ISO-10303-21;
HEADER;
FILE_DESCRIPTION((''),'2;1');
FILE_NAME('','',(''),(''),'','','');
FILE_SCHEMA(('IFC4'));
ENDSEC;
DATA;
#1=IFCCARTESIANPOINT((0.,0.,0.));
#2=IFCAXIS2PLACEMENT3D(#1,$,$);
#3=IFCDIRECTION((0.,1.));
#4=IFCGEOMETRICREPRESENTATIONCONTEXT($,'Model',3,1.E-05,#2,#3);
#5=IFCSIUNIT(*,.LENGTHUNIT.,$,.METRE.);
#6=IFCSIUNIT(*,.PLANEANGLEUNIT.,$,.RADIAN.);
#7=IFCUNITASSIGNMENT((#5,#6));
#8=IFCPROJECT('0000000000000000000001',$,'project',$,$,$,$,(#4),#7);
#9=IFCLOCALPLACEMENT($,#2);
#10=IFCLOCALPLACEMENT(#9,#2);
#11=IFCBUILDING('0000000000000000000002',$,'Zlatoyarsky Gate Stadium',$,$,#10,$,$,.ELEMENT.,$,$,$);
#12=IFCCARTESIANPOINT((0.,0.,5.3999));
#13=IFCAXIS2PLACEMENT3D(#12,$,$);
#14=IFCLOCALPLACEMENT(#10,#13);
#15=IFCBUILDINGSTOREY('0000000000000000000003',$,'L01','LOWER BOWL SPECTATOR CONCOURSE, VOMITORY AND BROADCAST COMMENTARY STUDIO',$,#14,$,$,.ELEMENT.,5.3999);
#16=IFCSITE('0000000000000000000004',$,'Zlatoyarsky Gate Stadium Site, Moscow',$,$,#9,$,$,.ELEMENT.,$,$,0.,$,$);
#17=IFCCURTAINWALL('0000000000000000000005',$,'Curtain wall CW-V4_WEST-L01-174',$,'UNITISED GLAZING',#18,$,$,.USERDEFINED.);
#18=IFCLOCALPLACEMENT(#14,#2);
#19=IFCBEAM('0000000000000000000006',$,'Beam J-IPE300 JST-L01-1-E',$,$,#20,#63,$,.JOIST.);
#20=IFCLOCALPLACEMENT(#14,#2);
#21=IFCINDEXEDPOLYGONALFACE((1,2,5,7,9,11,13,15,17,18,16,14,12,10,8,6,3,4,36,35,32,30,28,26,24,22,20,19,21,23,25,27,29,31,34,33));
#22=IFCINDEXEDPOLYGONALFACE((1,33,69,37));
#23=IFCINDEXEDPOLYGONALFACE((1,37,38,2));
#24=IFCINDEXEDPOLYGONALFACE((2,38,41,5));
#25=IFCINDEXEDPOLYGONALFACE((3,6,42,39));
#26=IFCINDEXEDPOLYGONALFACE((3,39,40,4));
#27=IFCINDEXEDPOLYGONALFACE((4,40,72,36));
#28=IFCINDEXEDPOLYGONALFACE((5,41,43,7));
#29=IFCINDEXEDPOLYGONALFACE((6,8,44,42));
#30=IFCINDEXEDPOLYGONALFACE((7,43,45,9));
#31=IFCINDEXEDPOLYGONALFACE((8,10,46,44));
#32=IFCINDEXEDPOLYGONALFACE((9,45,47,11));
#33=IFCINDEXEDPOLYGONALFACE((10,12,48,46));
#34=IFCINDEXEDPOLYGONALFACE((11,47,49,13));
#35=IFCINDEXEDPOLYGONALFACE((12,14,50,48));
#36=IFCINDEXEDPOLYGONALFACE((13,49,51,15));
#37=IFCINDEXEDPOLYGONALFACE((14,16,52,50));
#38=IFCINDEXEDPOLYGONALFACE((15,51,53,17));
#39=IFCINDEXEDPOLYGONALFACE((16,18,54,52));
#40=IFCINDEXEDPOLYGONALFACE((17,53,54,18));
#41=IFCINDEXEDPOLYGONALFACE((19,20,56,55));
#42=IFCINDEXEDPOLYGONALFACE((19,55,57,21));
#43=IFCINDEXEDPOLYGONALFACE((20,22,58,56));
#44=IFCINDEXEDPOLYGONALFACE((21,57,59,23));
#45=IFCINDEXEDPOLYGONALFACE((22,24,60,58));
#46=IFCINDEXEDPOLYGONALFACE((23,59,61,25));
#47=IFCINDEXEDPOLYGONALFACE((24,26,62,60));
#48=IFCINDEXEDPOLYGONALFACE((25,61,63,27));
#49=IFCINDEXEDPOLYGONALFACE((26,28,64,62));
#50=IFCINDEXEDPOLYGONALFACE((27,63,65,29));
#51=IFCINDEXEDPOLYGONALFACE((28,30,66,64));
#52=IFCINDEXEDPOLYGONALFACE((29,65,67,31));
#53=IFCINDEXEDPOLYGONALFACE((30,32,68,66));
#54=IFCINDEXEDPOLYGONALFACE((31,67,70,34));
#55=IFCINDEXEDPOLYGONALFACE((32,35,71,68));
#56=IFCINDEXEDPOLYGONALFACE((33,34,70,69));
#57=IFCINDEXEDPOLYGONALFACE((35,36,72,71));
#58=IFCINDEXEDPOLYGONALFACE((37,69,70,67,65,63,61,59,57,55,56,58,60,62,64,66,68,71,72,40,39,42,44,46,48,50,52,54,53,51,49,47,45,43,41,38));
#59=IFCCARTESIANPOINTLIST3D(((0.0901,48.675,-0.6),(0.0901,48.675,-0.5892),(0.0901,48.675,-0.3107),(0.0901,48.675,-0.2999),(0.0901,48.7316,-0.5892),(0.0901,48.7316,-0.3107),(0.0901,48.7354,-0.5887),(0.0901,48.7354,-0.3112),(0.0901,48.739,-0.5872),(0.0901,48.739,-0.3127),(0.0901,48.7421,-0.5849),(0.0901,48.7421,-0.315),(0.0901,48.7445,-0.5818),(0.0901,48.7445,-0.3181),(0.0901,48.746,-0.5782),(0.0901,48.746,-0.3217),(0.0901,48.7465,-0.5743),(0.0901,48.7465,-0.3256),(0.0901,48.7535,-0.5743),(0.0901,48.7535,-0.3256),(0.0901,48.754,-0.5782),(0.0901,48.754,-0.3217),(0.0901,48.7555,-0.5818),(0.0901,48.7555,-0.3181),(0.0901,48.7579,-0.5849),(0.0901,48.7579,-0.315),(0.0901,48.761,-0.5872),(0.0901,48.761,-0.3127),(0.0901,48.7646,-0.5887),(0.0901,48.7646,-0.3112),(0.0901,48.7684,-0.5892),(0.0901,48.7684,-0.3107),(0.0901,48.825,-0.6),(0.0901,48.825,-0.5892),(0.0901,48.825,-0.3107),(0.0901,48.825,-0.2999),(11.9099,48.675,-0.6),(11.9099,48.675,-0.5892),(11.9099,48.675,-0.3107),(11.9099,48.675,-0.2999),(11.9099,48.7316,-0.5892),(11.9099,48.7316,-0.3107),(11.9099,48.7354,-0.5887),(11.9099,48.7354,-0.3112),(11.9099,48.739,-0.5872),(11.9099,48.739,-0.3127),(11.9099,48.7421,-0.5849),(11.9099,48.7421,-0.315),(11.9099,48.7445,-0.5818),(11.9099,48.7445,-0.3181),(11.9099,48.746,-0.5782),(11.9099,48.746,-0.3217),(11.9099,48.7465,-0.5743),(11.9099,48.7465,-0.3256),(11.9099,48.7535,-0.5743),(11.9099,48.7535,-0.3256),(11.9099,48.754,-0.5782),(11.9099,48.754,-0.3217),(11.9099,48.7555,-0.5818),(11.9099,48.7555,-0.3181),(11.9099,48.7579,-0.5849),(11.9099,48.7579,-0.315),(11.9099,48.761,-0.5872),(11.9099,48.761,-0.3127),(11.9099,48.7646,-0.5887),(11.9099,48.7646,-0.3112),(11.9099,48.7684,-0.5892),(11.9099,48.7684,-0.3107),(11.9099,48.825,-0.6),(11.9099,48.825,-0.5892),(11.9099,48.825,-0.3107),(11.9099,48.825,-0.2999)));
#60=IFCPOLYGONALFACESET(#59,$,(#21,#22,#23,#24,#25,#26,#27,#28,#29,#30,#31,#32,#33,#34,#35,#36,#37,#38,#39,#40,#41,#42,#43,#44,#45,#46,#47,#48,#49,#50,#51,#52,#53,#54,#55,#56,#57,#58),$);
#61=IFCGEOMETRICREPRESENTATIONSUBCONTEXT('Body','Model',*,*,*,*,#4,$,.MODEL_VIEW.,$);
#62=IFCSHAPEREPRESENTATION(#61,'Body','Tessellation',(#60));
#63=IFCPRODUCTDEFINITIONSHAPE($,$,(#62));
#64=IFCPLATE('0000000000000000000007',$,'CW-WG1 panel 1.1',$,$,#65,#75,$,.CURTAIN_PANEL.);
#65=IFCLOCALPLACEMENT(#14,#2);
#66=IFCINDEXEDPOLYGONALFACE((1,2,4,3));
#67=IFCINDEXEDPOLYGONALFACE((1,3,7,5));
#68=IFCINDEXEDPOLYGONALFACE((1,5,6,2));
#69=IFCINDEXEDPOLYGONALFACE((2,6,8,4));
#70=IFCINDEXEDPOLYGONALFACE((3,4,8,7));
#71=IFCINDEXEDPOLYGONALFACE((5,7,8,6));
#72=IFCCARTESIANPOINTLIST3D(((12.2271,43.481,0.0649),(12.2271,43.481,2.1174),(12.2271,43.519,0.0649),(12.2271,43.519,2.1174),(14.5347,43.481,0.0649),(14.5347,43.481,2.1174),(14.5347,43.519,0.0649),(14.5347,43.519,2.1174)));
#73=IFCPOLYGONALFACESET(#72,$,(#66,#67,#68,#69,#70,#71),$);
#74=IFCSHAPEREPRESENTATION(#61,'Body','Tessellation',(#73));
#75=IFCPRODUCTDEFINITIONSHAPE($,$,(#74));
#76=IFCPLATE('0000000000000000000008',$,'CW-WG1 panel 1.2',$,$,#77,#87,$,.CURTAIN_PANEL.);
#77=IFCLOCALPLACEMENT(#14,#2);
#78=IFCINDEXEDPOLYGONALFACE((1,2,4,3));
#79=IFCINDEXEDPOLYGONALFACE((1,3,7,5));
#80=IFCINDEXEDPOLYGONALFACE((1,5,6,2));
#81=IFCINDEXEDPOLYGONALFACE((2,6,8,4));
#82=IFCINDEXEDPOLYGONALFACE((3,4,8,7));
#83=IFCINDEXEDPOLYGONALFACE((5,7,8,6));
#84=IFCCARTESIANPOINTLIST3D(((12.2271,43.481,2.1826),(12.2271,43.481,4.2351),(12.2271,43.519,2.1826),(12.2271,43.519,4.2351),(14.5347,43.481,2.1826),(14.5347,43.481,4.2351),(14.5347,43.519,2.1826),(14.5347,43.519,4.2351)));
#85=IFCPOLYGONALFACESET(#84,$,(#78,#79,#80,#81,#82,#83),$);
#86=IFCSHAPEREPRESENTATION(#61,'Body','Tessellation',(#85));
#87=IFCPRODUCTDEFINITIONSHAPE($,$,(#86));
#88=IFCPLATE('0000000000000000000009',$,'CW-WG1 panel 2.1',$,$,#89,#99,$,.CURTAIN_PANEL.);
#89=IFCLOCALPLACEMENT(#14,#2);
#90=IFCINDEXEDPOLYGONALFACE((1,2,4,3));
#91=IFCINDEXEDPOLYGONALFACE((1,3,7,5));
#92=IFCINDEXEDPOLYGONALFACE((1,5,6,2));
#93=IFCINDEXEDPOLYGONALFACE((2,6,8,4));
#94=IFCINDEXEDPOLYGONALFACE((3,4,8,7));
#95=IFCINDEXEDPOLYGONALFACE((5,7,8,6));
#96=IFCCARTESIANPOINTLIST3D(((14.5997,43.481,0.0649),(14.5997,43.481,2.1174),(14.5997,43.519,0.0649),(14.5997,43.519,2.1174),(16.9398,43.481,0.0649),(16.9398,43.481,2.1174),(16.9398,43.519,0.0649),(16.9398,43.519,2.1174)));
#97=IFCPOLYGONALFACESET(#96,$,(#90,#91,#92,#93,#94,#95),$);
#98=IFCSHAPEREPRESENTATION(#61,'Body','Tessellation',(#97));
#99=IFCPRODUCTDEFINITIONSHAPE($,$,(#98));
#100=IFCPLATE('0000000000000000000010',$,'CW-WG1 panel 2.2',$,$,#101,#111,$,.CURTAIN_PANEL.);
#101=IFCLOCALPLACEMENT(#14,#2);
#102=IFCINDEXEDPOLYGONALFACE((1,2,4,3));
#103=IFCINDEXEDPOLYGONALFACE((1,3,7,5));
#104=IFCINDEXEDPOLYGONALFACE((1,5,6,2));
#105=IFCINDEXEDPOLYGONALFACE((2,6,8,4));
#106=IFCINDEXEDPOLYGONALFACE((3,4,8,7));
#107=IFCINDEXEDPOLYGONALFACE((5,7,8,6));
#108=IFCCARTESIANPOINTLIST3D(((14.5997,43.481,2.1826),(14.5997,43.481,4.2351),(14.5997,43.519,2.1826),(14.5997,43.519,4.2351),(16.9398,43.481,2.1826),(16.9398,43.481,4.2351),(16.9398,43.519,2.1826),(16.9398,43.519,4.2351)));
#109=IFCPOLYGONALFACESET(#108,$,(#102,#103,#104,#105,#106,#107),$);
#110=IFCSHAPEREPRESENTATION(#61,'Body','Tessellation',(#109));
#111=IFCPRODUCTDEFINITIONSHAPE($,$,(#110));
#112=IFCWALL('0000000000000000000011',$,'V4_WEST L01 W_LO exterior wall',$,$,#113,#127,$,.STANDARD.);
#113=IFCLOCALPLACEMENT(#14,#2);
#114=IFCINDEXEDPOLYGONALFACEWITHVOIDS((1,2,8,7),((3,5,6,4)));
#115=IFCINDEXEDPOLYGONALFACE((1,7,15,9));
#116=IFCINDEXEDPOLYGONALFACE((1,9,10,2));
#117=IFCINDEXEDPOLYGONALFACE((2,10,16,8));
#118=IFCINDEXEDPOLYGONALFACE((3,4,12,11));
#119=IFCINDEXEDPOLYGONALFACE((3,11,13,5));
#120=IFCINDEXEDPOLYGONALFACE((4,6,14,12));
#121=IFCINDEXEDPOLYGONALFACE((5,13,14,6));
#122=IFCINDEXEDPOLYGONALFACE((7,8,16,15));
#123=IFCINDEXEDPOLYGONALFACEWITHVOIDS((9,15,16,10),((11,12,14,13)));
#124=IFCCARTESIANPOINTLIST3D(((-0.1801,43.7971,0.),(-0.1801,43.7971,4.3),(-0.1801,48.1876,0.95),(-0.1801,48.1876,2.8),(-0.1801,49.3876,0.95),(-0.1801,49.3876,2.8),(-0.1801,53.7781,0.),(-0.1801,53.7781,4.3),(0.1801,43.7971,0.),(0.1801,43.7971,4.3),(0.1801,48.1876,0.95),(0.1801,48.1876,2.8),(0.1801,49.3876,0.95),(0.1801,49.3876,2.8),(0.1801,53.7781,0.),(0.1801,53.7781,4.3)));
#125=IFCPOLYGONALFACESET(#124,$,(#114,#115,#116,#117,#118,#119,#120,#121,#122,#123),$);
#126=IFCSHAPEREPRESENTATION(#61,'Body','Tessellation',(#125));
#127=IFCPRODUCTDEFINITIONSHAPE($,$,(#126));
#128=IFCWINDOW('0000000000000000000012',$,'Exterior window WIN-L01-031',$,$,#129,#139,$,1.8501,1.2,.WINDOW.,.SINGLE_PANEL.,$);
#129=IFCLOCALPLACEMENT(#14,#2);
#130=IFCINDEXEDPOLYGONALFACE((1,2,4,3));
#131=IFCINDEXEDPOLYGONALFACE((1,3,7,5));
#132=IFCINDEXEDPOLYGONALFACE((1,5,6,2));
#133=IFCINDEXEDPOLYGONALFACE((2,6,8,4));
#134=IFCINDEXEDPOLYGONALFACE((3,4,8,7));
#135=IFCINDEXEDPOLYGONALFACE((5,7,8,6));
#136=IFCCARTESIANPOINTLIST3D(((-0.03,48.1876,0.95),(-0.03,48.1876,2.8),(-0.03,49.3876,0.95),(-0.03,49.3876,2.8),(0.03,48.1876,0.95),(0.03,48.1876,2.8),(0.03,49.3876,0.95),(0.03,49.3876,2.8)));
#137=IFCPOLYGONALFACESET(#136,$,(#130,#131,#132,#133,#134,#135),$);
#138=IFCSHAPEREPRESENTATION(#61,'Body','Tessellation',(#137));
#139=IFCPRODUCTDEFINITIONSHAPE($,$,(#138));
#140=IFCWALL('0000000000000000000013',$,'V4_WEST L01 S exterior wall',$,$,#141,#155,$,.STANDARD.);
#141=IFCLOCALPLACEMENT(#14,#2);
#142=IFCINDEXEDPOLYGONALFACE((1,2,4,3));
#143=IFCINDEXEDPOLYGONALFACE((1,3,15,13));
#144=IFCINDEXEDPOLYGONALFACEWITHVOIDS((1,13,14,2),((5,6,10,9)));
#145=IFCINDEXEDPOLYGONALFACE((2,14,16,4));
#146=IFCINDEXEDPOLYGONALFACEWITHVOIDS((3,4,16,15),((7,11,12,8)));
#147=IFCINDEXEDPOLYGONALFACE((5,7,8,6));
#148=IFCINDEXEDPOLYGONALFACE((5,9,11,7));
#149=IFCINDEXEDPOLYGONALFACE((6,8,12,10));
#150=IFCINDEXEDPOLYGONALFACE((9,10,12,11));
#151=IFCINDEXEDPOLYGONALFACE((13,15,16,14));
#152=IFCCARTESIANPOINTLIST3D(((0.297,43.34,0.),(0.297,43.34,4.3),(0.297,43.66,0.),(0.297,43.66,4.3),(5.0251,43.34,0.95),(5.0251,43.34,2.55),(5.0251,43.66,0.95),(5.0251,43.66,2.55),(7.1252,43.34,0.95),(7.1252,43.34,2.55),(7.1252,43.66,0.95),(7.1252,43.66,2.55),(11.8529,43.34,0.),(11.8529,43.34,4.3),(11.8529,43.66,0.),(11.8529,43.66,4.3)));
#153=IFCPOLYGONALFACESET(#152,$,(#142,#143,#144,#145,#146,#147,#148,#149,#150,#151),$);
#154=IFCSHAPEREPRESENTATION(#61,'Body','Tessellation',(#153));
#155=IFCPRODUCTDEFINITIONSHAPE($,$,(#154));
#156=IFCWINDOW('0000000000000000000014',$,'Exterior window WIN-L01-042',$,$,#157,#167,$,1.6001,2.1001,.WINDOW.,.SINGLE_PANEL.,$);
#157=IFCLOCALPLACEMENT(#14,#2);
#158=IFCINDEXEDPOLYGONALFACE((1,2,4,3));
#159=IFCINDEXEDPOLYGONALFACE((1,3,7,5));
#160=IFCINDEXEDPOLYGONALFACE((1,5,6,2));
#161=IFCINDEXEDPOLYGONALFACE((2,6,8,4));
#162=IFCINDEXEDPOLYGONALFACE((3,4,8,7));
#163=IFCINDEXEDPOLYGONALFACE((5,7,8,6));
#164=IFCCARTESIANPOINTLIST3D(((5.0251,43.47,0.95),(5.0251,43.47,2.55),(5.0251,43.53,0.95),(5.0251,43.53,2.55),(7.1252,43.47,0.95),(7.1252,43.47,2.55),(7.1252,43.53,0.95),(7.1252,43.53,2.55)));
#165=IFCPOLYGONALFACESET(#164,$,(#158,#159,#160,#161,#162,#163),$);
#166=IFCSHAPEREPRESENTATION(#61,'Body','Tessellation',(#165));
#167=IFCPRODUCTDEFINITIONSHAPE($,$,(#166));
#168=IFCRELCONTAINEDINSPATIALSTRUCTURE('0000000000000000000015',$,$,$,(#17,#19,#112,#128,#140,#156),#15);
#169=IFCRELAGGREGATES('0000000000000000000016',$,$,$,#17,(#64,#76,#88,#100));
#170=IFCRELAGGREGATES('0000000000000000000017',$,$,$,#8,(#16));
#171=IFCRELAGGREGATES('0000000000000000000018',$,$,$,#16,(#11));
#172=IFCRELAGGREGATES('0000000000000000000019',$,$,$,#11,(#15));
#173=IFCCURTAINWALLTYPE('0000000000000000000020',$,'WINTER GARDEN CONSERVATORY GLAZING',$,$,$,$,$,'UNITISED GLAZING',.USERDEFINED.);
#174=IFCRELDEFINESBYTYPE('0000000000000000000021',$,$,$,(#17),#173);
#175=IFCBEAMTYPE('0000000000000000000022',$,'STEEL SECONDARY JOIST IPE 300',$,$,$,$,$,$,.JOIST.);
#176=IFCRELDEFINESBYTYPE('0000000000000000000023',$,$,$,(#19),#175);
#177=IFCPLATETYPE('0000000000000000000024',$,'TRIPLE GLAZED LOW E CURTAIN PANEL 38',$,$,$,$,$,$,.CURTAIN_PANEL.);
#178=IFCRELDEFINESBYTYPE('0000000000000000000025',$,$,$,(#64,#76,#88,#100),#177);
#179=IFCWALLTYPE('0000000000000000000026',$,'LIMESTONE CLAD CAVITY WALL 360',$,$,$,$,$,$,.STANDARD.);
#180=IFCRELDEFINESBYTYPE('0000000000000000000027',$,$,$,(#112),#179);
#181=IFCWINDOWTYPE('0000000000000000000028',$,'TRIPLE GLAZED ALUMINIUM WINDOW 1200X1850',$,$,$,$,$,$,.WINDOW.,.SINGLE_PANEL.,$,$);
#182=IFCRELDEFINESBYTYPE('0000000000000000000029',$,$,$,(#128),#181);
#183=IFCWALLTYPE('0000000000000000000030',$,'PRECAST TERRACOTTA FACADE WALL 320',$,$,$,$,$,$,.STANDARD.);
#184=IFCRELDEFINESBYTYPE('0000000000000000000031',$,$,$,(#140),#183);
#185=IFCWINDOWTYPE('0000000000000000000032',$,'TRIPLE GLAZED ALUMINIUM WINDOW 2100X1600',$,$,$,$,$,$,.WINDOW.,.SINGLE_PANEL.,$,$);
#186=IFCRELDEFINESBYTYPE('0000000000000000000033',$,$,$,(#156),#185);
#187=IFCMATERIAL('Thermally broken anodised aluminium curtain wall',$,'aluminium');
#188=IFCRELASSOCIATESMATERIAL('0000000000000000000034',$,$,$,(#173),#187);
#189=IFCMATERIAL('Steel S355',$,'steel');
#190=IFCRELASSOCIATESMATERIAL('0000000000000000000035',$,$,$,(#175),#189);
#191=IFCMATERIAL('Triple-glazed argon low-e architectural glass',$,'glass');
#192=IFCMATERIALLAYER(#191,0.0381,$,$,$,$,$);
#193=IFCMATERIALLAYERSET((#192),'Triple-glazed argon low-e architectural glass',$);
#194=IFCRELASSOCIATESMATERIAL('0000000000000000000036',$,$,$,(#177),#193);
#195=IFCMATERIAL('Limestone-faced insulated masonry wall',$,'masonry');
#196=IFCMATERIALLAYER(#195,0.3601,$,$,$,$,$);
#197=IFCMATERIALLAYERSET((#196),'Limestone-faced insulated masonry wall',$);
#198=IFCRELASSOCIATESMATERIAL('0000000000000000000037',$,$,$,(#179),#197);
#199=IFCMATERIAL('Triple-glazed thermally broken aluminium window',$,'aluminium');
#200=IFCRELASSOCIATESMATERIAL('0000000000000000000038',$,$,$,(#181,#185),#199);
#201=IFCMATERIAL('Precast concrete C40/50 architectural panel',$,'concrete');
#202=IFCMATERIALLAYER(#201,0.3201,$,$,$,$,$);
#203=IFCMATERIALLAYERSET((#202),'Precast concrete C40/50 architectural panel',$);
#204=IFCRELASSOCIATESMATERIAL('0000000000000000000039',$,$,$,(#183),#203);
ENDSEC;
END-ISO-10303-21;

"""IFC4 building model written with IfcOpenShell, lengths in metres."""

from ifc_helpers import new_model, si_unit, direction, frame, frame_2d, origin, origin_2d, place, context, subcontext, project, spatial, rectangle, i_section, extrude, material, layer, layer_set, material_profile, profile_set, type_object, element, fill, aggregate, save


model = new_model("IFC4")

# Units and contexts
model_context = context("Model", 3, precision=1e-05, world=origin(), true_north=direction((0.0, 1.0)))
body_context = subcontext(model_context, "Body", "Model", "MODEL_VIEW")
ifc_project = project(units=[si_unit("LENGTHUNIT", "METRE"), si_unit("PLANEANGLEUNIT", "RADIAN")], contexts=[model_context])

# Site, building, storey
site_placement = place(None, origin())
site = spatial("IfcSite", under=ifc_project, at=site_placement, Name="Zlatoyarsky Gate Stadium Site, Moscow", CompositionType="ELEMENT", RefElevation=0.0)
building_placement = place(site_placement, origin())
building = spatial("IfcBuilding", under=site, at=building_placement, Name="Zlatoyarsky Gate Stadium", CompositionType="ELEMENT")
storey_placement = place(building_placement, frame((0.0, 0.0, 5.3999)))
storey = spatial("IfcBuildingStorey", under=building, at=storey_placement, Name="L01", Description="LOWER BOWL SPECTATOR CONCOURSE, VOMITORY AND BROADCAST COMMENTARY STUDIO", CompositionType="ELEMENT", Elevation=5.3999)

# Shared definitions
ifc_material_1 = material(Name="Steel S355", Category="steel")

# Curtain wall
ifc_material_2 = material(Name="Thermally broken anodised aluminium curtain wall", Category="aluminium")
curtain_wall_type = type_object("IfcCurtainWallType", Name="WINTER GARDEN CONSERVATORY GLAZING", ElementType="UNITISED GLAZING", PredefinedType="USERDEFINED", material=ifc_material_2)
curtain_wall_placement = place(storey_placement, origin())
curtain_wall = element("IfcCurtainWall", 1, at=curtain_wall_placement, inside=storey, type_object=curtain_wall_type, Name="Curtain wall CW-V4_WEST-L01-174", ObjectType="UNITISED GLAZING", PredefinedType="USERDEFINED")

# Beam
ifc_material_profile_1 = material_profile(ifc_material_1, i_section(OverallWidth=0.1499, OverallDepth=0.3, WebThickness=0.0071, FlangeThickness=0.0107, FilletRadius=0.0149, at=origin_2d()), Name="IPE 300")
ifc_profile_set_1 = profile_set([ifc_material_profile_1], Name="Steel S355")
beam_type_1 = type_object("IfcBeamType", Name="STEEL SECONDARY JOIST IPE 300", PredefinedType="JOIST", material=ifc_profile_set_1)
beam_1_placement = place(storey_placement, frame((0.0901, 48.75, -0.45), z_axis=(1.0, 0.0, 0.0), x_axis=(0.0, 1.0, 0.0)))
element("IfcBeam", 2, at=beam_1_placement, inside=storey, type_object=beam_type_1, Name="Beam J-IPE300 JST-L01-1-E", PredefinedType="JOIST", context=body_context, shape_type="SweptSolid", body=[
    extrude(i_section(OverallWidth=0.1499, OverallDepth=0.3, WebThickness=0.0071, FlangeThickness=0.0107, FilletRadius=0.0149, at=origin_2d()), origin(), (0.0, 0.0, 1.0), 11.8198),
])

# Plates
ifc_material_3 = material(Name="Triple-glazed argon low-e architectural glass", Category="glass")
ifc_layer_1 = layer(ifc_material_3, 0.0381)
ifc_layer_set_1 = layer_set([ifc_layer_1], Name="Triple-glazed argon low-e architectural glass")
plate_type = type_object("IfcPlateType", Name="TRIPLE GLAZED LOW E CURTAIN PANEL 38", PredefinedType="CURTAIN_PANEL", material=ifc_layer_set_1)
plate_1_placement = place(storey_placement, frame((13.3809, 43.5, 0.0649), z_axis=(0.0, 0.0, 1.0), x_axis=(1.0, 0.0, 0.0)))
plate_1 = element("IfcPlate", 3, at=plate_1_placement, type_object=plate_type, Name="CW-WG1 panel 1.1", PredefinedType="CURTAIN_PANEL", context=body_context, shape_type="SweptSolid", body=[
    extrude(rectangle(XDim=2.3076, YDim=0.0381, at=origin_2d()), origin(), (0.0, 0.0, 1.0), 2.0525),
])
plate_2_placement = place(storey_placement, frame((13.3809, 43.5, 2.1826), z_axis=(0.0, 0.0, 1.0), x_axis=(1.0, 0.0, 0.0)))
plate_2 = element("IfcPlate", 4, at=plate_2_placement, type_object=plate_type, Name="CW-WG1 panel 1.2", PredefinedType="CURTAIN_PANEL", context=body_context, shape_type="SweptSolid", body=[
    extrude(rectangle(XDim=2.3076, YDim=0.0381, at=origin_2d()), origin(), (0.0, 0.0, 1.0), 2.0525),
])
plate_3_placement = place(storey_placement, frame((15.7698, 43.5, 0.0649), z_axis=(0.0, 0.0, 1.0), x_axis=(1.0, 0.0, 0.0)))
plate_3 = element("IfcPlate", 5, at=plate_3_placement, type_object=plate_type, Name="CW-WG1 panel 2.1", PredefinedType="CURTAIN_PANEL", context=body_context, shape_type="SweptSolid", body=[
    extrude(rectangle(XDim=2.3401, YDim=0.0381, at=origin_2d()), origin(), (0.0, 0.0, 1.0), 2.0525),
])
plate_4_placement = place(storey_placement, frame((15.7698, 43.5, 2.1826), z_axis=(0.0, 0.0, 1.0), x_axis=(1.0, 0.0, 0.0)))
plate_4 = element("IfcPlate", 6, at=plate_4_placement, type_object=plate_type, Name="CW-WG1 panel 2.2", PredefinedType="CURTAIN_PANEL", context=body_context, shape_type="SweptSolid", body=[
    extrude(rectangle(XDim=2.3401, YDim=0.0381, at=origin_2d()), origin(), (0.0, 0.0, 1.0), 2.0525),
])
aggregate(curtain_wall, [plate_1, plate_2, plate_3, plate_4])

# Walls, openings, windows
ifc_material_4 = material(Name="Limestone-faced insulated masonry wall", Category="masonry")
ifc_layer_2 = layer(ifc_material_4, 0.3601)
ifc_layer_set_2 = layer_set([ifc_layer_2], Name="Limestone-faced insulated masonry wall")
wall_type_1 = type_object("IfcWallType", Name="LIMESTONE CLAD CAVITY WALL 360", PredefinedType="STANDARD", material=ifc_layer_set_2)
wall_1_placement = place(storey_placement, frame((0.0, 43.7971, 0.0), z_axis=(0.0, 0.0, 1.0), x_axis=(0.0, 1.0, 0.0)))
wall_1 = element("IfcWall", 7, at=wall_1_placement, inside=storey, type_object=wall_type_1, Name="V4_WEST L01 W_LO exterior wall", PredefinedType="STANDARD", context=body_context, shape_type="SweptSolid", body=[
    extrude(rectangle(XDim=9.981, YDim=0.3601, at=frame_2d((4.9905, 0.0))), origin(), (0.0, 0.0, 1.0), 4.3),
])
opening_1_placement = place(wall_1_placement, frame((4.3904, 0.0, 0.95)))
opening_1 = element("IfcOpeningElement", 8, at=opening_1_placement, cuts=wall_1, PredefinedType="OPENING", context=body_context, shape_type="SweptSolid", body=[
    extrude(rectangle(XDim=1.2, YDim=1.8501, at=frame_2d((0.6001, 0.925))), frame((0.0, 0.1899, 0.0), z_axis=(0.0, -1.0, 0.0), x_axis=(1.0, 0.0, 0.0)), (0.0, 0.0, 1.0), 0.3801),
])
ifc_material_5 = material(Name="Triple-glazed thermally broken aluminium window", Category="aluminium")
window_type_1 = type_object("IfcWindowType", Name="TRIPLE GLAZED ALUMINIUM WINDOW 1200X1850", PartitioningType="SINGLE_PANEL", PredefinedType="WINDOW", material=ifc_material_5)
window_1_placement = place(opening_1_placement, origin())
window_1 = element("IfcWindow", 9, at=window_1_placement, inside=storey, type_object=window_type_1, Name="Exterior window WIN-L01-031", OverallHeight=1.8501, OverallWidth=1.2, PartitioningType="SINGLE_PANEL", PredefinedType="WINDOW", context=body_context, shape_type="SweptSolid", body=[
    extrude(rectangle(XDim=1.2, YDim=1.8501, at=frame_2d((0.6001, 0.925))), frame((0.0, 0.03, 0.0), z_axis=(0.0, -1.0, 0.0), x_axis=(1.0, 0.0, 0.0)), (0.0, 0.0, 1.0), 0.0601),
])
fill(opening_1, window_1)
ifc_material_6 = material(Name="Precast concrete C40/50 architectural panel", Category="concrete")
ifc_layer_3 = layer(ifc_material_6, 0.3201)
ifc_layer_set_3 = layer_set([ifc_layer_3], Name="Precast concrete C40/50 architectural panel")
wall_type_2 = type_object("IfcWallType", Name="PRECAST TERRACOTTA FACADE WALL 320", PredefinedType="STANDARD", material=ifc_layer_set_3)
wall_2_placement = place(storey_placement, frame((0.2971, 43.5, 0.0), z_axis=(0.0, 0.0, 1.0), x_axis=(1.0, 0.0, 0.0)))
wall_2 = element("IfcWall", 10, at=wall_2_placement, inside=storey, type_object=wall_type_2, Name="V4_WEST L01 S exterior wall", PredefinedType="STANDARD", context=body_context, shape_type="SweptSolid", body=[
    extrude(rectangle(XDim=11.5559, YDim=0.3201, at=frame_2d((5.7778, 0.0))), origin(), (0.0, 0.0, 1.0), 4.3),
])
opening_2_placement = place(wall_2_placement, frame((4.728, 0.0, 0.95)))
opening_2 = element("IfcOpeningElement", 11, at=opening_2_placement, cuts=wall_2, PredefinedType="OPENING", context=body_context, shape_type="SweptSolid", body=[
    extrude(rectangle(XDim=2.1001, YDim=1.6001, at=frame_2d((1.05, 0.8))), frame((0.0, 0.1699, 0.0), z_axis=(0.0, -1.0, 0.0), x_axis=(1.0, 0.0, 0.0)), (0.0, 0.0, 1.0), 0.3401),
])
window_type_2 = type_object("IfcWindowType", Name="TRIPLE GLAZED ALUMINIUM WINDOW 2100X1600", PartitioningType="SINGLE_PANEL", PredefinedType="WINDOW", material=ifc_material_5)
window_2_placement = place(opening_2_placement, origin())
window_2 = element("IfcWindow", 12, at=window_2_placement, inside=storey, type_object=window_type_2, Name="Exterior window WIN-L01-042", OverallHeight=1.6001, OverallWidth=2.1001, PartitioningType="SINGLE_PANEL", PredefinedType="WINDOW", context=body_context, shape_type="SweptSolid", body=[
    extrude(rectangle(XDim=2.1001, YDim=1.6001, at=frame_2d((1.05, 0.8))), frame((0.0, 0.03, 0.0), z_axis=(0.0, -1.0, 0.0), x_axis=(1.0, 0.0, 0.0)), (0.0, 0.0, 1.0), 0.0601),
])
fill(opening_2, window_2)

save(model, "model.ifc")
